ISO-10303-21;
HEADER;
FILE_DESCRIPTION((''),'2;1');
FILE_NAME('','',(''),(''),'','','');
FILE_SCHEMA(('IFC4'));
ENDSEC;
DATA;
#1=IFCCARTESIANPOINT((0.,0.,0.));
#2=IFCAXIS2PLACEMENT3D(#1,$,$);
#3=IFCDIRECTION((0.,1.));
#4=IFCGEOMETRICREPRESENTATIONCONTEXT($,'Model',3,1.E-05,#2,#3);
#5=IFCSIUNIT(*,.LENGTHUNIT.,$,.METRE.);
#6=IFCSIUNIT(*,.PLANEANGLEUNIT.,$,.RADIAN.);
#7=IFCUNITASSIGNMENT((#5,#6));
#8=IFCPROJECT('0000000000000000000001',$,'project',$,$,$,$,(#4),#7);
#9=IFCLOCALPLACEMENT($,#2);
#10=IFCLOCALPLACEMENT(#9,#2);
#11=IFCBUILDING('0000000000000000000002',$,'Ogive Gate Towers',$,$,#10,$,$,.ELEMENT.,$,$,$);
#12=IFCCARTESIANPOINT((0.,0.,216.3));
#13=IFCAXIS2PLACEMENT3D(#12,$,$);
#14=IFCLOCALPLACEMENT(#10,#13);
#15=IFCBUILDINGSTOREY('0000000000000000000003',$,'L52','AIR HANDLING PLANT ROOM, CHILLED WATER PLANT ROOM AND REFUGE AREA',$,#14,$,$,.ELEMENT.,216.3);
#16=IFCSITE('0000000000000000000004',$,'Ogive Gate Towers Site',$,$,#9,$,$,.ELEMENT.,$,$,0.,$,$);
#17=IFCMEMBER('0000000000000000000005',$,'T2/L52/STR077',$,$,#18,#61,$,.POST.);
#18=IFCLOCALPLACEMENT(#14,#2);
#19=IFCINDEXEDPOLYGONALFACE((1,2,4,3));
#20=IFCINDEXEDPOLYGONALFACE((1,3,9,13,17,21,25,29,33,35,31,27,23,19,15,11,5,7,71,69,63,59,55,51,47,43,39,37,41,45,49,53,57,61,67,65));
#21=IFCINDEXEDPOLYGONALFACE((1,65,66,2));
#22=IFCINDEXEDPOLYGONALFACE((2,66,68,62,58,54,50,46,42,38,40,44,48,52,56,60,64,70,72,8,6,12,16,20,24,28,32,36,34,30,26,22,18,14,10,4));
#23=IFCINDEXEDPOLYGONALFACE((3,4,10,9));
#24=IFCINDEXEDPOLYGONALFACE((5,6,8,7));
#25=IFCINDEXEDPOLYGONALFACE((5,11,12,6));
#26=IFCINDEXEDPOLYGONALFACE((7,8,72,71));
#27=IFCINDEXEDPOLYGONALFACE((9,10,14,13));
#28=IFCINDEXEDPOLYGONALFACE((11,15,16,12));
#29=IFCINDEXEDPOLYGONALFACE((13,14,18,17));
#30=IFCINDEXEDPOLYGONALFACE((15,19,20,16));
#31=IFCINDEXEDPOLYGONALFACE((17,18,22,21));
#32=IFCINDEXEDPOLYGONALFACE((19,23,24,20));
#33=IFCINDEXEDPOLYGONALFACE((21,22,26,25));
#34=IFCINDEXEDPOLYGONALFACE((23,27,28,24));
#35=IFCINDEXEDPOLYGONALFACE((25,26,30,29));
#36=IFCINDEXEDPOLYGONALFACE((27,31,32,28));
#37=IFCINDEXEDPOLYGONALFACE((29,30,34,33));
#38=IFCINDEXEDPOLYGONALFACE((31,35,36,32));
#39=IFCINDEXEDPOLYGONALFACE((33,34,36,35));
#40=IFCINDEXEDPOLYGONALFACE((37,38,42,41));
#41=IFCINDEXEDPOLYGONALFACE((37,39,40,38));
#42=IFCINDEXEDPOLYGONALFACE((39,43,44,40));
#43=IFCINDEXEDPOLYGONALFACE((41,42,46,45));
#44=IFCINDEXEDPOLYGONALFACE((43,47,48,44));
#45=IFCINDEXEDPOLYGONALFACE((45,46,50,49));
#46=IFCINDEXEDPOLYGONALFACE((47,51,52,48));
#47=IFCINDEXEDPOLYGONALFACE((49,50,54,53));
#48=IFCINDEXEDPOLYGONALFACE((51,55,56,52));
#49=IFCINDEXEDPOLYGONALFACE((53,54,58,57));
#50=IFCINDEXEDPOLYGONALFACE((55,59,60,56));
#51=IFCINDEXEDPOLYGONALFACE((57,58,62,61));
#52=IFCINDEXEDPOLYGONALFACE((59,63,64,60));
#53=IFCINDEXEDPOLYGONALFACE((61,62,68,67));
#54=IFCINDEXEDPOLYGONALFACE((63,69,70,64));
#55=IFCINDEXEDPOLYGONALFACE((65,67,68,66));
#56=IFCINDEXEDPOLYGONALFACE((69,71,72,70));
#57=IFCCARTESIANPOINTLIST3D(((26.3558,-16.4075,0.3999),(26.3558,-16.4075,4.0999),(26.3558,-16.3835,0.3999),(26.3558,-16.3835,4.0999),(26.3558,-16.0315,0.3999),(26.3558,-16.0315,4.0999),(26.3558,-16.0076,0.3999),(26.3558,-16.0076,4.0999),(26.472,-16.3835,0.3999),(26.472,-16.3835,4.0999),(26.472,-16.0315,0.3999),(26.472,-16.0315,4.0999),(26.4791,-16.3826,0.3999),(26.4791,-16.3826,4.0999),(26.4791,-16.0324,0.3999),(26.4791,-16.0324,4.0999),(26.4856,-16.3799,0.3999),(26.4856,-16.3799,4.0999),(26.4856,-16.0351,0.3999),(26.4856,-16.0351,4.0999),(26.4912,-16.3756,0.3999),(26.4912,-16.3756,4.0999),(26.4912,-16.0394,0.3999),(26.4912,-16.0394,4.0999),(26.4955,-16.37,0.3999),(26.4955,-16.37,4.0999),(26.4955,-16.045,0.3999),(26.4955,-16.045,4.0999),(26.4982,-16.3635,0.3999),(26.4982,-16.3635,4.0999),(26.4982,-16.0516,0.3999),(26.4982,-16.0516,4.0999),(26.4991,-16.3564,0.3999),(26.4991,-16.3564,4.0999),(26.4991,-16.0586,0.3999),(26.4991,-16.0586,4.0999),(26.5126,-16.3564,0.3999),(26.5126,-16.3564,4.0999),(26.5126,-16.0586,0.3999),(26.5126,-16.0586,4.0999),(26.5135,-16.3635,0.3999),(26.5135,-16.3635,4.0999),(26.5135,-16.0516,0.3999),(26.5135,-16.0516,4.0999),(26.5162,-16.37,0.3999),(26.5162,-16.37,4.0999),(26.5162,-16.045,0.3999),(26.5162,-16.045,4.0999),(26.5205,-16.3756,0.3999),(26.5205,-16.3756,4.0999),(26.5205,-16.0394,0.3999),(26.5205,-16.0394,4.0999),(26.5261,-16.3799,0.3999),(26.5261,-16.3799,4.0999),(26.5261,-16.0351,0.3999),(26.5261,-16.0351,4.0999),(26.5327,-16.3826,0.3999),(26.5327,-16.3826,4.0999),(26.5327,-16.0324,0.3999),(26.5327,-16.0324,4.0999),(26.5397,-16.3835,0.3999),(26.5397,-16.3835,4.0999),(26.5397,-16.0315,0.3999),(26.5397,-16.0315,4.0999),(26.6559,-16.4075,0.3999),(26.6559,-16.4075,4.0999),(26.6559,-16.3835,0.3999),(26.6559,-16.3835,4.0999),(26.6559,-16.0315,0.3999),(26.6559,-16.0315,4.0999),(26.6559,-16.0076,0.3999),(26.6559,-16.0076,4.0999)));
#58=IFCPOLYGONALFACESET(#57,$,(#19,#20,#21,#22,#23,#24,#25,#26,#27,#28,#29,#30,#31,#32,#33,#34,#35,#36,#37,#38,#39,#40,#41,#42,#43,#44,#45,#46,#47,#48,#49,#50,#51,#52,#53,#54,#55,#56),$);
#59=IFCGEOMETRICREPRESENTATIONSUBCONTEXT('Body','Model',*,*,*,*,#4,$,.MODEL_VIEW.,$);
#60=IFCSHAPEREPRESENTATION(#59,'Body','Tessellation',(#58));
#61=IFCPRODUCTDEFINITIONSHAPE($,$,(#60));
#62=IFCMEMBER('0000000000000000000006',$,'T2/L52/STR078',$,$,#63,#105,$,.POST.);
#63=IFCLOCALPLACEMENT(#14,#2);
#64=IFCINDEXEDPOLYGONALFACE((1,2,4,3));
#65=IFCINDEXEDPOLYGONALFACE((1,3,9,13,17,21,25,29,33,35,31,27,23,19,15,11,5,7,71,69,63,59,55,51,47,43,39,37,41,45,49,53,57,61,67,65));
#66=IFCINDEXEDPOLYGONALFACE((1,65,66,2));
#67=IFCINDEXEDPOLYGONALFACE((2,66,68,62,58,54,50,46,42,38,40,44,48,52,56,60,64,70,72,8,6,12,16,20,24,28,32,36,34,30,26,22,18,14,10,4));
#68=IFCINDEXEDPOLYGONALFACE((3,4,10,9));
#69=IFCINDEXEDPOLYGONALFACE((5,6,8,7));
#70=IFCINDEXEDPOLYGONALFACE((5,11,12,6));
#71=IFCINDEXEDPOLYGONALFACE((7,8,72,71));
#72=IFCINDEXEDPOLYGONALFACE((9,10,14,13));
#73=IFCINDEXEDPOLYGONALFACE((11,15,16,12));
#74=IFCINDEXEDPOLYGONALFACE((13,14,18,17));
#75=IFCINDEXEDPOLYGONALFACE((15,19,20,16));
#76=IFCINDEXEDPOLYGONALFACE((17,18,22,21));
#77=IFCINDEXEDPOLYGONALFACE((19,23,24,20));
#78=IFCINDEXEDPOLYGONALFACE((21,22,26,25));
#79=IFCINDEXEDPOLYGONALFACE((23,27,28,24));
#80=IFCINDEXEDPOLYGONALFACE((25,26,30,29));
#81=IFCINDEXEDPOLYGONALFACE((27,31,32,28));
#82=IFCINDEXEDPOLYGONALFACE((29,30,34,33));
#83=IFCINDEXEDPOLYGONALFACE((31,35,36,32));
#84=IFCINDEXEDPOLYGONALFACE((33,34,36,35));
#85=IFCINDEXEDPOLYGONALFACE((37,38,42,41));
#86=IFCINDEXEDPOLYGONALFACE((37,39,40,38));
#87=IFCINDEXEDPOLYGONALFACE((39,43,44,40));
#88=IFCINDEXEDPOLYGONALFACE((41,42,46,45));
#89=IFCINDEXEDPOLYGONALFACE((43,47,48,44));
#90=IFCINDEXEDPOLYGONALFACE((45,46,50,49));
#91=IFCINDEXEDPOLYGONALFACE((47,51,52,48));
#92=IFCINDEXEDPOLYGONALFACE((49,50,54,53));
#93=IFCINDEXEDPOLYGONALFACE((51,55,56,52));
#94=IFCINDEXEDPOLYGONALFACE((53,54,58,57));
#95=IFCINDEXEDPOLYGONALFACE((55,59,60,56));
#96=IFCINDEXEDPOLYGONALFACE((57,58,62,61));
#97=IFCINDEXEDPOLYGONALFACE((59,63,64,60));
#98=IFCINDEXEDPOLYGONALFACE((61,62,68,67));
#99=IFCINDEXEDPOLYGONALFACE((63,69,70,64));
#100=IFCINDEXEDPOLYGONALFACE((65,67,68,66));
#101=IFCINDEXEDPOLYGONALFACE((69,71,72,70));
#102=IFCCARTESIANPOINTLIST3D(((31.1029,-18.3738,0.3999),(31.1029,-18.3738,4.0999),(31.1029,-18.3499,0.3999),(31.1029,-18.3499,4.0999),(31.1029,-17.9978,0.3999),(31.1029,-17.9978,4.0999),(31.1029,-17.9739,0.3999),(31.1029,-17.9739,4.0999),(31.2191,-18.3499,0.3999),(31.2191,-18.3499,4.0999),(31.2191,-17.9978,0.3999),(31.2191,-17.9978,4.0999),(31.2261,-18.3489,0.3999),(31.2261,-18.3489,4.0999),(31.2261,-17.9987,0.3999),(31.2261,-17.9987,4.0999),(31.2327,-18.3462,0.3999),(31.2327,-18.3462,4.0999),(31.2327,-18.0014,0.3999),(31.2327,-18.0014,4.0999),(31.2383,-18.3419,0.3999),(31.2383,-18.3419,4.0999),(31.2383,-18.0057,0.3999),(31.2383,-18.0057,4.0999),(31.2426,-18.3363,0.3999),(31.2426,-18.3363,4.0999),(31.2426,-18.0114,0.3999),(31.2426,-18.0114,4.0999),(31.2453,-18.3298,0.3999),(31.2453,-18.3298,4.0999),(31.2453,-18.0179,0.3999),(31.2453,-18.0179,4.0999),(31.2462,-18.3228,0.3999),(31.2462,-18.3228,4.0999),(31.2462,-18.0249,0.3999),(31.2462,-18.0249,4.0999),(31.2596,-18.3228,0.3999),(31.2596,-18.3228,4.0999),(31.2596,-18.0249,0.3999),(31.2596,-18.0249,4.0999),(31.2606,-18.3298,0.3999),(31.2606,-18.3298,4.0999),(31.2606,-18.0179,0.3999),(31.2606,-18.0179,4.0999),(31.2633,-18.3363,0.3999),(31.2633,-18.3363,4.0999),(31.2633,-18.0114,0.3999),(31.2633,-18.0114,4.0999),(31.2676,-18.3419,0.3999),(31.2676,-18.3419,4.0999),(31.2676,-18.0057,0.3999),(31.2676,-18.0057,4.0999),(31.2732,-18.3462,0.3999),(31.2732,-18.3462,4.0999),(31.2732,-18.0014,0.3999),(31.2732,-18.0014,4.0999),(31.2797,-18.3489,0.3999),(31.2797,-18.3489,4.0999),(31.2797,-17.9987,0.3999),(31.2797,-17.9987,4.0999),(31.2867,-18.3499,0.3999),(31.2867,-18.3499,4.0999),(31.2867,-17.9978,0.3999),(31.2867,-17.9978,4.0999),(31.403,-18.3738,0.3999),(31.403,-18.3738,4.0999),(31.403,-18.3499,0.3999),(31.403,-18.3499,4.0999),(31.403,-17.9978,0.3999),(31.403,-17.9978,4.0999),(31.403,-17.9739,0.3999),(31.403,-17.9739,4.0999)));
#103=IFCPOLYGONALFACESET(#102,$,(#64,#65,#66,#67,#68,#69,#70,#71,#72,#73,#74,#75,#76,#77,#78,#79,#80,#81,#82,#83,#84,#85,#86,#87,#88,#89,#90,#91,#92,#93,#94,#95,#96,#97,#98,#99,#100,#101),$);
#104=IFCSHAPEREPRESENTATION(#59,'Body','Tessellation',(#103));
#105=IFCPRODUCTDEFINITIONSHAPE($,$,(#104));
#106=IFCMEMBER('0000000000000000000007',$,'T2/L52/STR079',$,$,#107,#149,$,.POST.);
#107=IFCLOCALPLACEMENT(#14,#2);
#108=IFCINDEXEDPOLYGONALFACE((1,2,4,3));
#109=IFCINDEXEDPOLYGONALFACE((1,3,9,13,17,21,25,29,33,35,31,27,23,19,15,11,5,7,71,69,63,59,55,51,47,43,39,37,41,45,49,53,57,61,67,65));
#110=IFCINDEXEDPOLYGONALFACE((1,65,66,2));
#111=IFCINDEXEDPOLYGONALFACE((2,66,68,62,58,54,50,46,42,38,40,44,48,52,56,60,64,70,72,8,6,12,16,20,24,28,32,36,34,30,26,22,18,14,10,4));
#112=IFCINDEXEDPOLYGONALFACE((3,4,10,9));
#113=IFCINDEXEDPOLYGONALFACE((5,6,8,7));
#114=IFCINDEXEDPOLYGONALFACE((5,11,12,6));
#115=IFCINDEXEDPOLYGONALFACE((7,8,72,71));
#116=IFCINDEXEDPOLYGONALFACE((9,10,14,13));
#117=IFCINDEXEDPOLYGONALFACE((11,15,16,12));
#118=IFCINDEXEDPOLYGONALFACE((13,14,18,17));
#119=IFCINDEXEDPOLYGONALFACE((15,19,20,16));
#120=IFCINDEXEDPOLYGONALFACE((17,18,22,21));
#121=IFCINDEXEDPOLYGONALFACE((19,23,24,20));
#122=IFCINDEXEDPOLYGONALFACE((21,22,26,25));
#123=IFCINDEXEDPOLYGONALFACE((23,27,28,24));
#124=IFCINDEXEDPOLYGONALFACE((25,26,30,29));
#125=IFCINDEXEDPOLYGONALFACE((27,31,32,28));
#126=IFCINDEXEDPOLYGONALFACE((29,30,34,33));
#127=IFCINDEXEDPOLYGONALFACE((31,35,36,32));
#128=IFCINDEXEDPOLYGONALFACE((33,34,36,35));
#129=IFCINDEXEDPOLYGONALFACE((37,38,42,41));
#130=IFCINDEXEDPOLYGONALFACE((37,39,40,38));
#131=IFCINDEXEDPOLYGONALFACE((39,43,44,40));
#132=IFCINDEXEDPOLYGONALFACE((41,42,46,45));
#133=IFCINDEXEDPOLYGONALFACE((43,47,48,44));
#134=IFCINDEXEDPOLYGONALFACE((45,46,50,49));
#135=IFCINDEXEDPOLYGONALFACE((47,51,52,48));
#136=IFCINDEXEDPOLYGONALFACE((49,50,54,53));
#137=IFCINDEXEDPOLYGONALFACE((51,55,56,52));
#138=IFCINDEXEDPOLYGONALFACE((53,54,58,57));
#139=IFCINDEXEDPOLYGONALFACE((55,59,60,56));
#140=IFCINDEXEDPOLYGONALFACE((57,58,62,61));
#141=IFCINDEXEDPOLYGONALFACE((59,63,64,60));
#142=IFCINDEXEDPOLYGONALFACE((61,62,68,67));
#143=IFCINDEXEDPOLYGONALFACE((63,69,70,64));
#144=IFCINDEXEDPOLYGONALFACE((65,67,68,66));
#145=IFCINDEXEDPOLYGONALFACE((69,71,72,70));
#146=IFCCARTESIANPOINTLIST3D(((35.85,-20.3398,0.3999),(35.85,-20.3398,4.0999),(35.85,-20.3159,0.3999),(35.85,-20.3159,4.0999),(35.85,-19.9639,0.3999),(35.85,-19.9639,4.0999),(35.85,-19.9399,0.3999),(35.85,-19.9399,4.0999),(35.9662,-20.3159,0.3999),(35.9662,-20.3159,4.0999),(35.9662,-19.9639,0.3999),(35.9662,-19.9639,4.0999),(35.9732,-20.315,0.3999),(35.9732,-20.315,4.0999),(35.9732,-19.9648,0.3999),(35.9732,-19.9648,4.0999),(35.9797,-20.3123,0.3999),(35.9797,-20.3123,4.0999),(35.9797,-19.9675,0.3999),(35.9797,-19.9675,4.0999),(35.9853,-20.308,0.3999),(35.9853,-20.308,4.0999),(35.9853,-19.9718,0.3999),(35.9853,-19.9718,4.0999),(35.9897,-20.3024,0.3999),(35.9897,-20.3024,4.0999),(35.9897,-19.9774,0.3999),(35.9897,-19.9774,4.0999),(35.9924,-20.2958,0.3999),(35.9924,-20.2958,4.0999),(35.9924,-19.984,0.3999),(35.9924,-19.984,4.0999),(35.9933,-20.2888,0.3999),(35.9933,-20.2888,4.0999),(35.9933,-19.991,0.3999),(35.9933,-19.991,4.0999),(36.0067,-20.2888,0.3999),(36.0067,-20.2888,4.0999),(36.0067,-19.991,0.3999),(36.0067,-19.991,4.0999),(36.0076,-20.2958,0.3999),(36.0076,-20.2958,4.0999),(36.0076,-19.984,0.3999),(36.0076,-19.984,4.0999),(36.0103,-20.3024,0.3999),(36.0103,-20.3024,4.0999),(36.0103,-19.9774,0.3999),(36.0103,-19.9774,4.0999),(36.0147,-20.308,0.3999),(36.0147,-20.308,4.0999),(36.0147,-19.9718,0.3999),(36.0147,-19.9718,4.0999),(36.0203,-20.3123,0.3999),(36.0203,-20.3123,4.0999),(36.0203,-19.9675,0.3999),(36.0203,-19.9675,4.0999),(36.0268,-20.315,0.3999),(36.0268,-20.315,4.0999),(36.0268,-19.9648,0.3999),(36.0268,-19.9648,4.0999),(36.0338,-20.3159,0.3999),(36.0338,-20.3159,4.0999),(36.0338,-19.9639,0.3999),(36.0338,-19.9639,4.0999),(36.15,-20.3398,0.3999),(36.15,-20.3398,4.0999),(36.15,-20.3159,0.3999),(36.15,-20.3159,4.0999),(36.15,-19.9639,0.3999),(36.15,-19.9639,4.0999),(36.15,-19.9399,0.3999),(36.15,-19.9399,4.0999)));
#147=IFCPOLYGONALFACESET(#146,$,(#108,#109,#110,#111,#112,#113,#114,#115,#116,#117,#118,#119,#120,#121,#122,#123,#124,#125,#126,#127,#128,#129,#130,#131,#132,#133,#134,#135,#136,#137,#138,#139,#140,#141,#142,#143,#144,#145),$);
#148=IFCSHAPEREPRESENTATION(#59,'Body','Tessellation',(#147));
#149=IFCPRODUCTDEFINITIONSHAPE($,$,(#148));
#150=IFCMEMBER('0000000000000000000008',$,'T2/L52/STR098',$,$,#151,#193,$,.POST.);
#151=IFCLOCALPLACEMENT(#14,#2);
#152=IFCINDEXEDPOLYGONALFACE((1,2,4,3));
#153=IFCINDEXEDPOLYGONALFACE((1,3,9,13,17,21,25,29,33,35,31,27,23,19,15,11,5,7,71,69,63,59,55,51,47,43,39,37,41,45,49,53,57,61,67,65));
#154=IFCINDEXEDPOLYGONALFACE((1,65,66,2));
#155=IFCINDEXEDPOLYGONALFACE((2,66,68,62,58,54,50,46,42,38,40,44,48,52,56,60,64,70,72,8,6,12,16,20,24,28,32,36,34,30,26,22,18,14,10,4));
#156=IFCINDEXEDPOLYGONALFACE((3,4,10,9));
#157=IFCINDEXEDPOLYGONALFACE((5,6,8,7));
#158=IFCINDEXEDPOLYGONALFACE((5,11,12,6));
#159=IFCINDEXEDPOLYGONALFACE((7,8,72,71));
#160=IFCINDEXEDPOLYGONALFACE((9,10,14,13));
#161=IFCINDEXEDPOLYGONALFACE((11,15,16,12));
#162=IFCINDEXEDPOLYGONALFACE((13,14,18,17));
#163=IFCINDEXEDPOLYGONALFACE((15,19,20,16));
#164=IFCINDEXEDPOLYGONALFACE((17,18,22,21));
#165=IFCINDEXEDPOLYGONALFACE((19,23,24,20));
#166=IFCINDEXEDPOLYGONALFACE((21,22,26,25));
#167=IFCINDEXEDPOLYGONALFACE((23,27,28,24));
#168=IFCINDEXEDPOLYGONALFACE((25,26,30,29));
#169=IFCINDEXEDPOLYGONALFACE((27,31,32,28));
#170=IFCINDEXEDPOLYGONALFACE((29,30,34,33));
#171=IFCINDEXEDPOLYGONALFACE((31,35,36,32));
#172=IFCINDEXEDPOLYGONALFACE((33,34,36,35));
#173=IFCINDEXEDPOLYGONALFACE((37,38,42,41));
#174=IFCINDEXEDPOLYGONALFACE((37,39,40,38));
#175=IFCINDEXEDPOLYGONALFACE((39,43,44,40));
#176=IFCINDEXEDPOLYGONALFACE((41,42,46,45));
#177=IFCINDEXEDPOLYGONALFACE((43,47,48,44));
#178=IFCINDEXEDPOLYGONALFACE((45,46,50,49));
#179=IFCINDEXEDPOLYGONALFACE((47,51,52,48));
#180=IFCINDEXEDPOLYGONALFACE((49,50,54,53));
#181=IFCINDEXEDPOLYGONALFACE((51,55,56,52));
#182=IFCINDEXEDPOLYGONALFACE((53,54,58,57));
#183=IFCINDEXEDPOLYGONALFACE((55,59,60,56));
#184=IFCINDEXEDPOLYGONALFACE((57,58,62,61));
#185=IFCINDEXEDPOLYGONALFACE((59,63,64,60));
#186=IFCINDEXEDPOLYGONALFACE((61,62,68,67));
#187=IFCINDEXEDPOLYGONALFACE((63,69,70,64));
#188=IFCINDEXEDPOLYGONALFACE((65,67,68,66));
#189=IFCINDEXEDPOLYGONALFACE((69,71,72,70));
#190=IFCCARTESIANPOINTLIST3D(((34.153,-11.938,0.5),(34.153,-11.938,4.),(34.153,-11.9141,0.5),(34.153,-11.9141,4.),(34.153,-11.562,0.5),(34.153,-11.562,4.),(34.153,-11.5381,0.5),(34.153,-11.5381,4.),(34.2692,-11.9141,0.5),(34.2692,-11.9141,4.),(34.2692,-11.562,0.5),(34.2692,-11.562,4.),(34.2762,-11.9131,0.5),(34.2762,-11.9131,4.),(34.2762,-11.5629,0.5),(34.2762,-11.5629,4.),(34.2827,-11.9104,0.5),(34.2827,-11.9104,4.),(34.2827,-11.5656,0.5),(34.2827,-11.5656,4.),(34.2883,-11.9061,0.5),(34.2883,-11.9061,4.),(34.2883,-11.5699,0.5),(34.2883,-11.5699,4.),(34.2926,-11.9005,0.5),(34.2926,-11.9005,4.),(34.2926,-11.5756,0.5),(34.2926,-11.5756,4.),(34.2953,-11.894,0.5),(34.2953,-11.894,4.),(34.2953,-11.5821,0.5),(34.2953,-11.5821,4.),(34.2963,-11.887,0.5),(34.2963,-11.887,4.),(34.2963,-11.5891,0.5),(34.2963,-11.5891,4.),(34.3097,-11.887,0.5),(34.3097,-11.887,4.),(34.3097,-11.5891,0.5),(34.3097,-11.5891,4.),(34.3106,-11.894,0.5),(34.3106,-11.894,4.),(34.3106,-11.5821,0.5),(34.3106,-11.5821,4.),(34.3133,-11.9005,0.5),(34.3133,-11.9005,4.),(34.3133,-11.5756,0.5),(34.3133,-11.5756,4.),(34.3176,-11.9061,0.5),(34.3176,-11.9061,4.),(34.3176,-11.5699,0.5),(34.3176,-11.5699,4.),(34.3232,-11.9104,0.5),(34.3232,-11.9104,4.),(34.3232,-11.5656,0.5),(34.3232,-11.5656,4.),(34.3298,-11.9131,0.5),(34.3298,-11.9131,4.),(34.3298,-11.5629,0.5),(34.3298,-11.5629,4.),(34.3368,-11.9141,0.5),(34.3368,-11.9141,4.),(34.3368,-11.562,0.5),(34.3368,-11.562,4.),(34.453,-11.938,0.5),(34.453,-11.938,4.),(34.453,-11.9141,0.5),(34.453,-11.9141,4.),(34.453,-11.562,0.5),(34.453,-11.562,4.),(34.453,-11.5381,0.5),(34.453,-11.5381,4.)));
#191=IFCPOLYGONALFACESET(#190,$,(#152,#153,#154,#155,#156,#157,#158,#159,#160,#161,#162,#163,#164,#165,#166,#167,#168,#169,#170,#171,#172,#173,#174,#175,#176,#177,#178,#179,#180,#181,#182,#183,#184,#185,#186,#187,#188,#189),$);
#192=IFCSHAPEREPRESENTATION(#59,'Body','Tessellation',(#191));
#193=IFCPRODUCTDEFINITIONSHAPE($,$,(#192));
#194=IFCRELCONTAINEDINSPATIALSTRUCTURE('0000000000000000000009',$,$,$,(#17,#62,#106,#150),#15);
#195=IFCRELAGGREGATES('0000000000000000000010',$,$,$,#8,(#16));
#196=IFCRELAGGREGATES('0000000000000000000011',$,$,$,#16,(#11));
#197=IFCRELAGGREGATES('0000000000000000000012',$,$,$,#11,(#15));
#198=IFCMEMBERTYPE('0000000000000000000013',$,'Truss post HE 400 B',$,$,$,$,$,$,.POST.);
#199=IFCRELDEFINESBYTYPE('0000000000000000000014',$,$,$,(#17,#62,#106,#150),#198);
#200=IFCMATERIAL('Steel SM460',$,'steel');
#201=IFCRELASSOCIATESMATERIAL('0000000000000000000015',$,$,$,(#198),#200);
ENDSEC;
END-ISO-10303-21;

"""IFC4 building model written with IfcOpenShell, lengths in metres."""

from ifc_helpers import new_model, si_unit, direction, frame, origin, origin_2d, place, context, subcontext, project, spatial, i_section, extrude, material, material_profile, profile_set, type_object, element, save


model = new_model("IFC4")

# Units and contexts
model_context = context("Model", 3, precision=1e-05, world=origin(), true_north=direction((0.0, 1.0)))
body_context = subcontext(model_context, "Body", "Model", "MODEL_VIEW")
ifc_project = project(units=[si_unit("LENGTHUNIT", "METRE"), si_unit("PLANEANGLEUNIT", "RADIAN")], contexts=[model_context])

# Site, building, storey
site_placement = place(None, origin())
site = spatial("IfcSite", under=ifc_project, at=site_placement, Name="Ogive Gate Towers Site", CompositionType="ELEMENT", RefElevation=0.0)
building_placement = place(site_placement, origin())
building = spatial("IfcBuilding", under=site, at=building_placement, Name="Ogive Gate Towers", CompositionType="ELEMENT")
storey_placement = place(building_placement, frame((0.0, 0.0, 216.3)))
storey = spatial("IfcBuildingStorey", under=building, at=storey_placement, Name="L52", Description="AIR HANDLING PLANT ROOM, CHILLED WATER PLANT ROOM AND REFUGE AREA", CompositionType="ELEMENT", Elevation=216.3)

# Shared definitions
ifc_material_1 = material(Name="Steel SM460", Category="steel")

# Members
ifc_material_profile_1 = material_profile(ifc_material_1, i_section(OverallWidth=0.3, OverallDepth=0.3999, WebThickness=0.0134, FlangeThickness=0.0239, FilletRadius=0.0271, at=origin_2d()), Name="HE 400 B")
ifc_profile_set_1 = profile_set([ifc_material_profile_1], Name="Steel SM460")
member_type_1 = type_object("IfcMemberType", Name="Truss post HE 400 B", PredefinedType="POST", material=ifc_profile_set_1)
for number, where, z_axis, x_axis, name in (
    (1, (26.5059, -16.2075, 0.3999), (0.0, 0.0, 1.0), (1.0, 0.0, 0.0), "T2/L52/STR077"),
    (2, (31.2529, -18.1738, 0.3999), (0.0, 0.0, 1.0), (1.0, 0.0, 0.0), "T2/L52/STR078"),
    (3, (36.0, -20.1399, 0.3999), (0.0, 0.0, 1.0), (1.0, 0.0, 0.0), "T2/L52/STR079"),
):
    element("IfcMember", number, at=place(storey_placement, frame(where, z_axis=z_axis, x_axis=x_axis)), inside=storey, type_object=member_type_1, Name=name, PredefinedType="POST", context=body_context, shape_type="SweptSolid", body=[
        extrude(i_section(OverallWidth=0.3, OverallDepth=0.3999, WebThickness=0.0134, FlangeThickness=0.0239, FilletRadius=0.0271, at=origin_2d()), origin(), (0.0, 0.0, 1.0), 3.7),
    ])
for number, where, z_axis, x_axis, name in (
    (4, (34.303, -11.738, 0.5), (0.0, 0.0, 1.0), (1.0, 0.0, 0.0), "T2/L52/STR098"),
):
    element("IfcMember", number, at=place(storey_placement, frame(where, z_axis=z_axis, x_axis=x_axis)), inside=storey, type_object=member_type_1, Name=name, PredefinedType="POST", context=body_context, shape_type="SweptSolid", body=[
        extrude(i_section(OverallWidth=0.3, OverallDepth=0.3999, WebThickness=0.0134, FlangeThickness=0.0239, FilletRadius=0.0271, at=origin_2d()), origin(), (0.0, 0.0, 1.0), 3.5),
    ])

save(model, "model.ifc")
